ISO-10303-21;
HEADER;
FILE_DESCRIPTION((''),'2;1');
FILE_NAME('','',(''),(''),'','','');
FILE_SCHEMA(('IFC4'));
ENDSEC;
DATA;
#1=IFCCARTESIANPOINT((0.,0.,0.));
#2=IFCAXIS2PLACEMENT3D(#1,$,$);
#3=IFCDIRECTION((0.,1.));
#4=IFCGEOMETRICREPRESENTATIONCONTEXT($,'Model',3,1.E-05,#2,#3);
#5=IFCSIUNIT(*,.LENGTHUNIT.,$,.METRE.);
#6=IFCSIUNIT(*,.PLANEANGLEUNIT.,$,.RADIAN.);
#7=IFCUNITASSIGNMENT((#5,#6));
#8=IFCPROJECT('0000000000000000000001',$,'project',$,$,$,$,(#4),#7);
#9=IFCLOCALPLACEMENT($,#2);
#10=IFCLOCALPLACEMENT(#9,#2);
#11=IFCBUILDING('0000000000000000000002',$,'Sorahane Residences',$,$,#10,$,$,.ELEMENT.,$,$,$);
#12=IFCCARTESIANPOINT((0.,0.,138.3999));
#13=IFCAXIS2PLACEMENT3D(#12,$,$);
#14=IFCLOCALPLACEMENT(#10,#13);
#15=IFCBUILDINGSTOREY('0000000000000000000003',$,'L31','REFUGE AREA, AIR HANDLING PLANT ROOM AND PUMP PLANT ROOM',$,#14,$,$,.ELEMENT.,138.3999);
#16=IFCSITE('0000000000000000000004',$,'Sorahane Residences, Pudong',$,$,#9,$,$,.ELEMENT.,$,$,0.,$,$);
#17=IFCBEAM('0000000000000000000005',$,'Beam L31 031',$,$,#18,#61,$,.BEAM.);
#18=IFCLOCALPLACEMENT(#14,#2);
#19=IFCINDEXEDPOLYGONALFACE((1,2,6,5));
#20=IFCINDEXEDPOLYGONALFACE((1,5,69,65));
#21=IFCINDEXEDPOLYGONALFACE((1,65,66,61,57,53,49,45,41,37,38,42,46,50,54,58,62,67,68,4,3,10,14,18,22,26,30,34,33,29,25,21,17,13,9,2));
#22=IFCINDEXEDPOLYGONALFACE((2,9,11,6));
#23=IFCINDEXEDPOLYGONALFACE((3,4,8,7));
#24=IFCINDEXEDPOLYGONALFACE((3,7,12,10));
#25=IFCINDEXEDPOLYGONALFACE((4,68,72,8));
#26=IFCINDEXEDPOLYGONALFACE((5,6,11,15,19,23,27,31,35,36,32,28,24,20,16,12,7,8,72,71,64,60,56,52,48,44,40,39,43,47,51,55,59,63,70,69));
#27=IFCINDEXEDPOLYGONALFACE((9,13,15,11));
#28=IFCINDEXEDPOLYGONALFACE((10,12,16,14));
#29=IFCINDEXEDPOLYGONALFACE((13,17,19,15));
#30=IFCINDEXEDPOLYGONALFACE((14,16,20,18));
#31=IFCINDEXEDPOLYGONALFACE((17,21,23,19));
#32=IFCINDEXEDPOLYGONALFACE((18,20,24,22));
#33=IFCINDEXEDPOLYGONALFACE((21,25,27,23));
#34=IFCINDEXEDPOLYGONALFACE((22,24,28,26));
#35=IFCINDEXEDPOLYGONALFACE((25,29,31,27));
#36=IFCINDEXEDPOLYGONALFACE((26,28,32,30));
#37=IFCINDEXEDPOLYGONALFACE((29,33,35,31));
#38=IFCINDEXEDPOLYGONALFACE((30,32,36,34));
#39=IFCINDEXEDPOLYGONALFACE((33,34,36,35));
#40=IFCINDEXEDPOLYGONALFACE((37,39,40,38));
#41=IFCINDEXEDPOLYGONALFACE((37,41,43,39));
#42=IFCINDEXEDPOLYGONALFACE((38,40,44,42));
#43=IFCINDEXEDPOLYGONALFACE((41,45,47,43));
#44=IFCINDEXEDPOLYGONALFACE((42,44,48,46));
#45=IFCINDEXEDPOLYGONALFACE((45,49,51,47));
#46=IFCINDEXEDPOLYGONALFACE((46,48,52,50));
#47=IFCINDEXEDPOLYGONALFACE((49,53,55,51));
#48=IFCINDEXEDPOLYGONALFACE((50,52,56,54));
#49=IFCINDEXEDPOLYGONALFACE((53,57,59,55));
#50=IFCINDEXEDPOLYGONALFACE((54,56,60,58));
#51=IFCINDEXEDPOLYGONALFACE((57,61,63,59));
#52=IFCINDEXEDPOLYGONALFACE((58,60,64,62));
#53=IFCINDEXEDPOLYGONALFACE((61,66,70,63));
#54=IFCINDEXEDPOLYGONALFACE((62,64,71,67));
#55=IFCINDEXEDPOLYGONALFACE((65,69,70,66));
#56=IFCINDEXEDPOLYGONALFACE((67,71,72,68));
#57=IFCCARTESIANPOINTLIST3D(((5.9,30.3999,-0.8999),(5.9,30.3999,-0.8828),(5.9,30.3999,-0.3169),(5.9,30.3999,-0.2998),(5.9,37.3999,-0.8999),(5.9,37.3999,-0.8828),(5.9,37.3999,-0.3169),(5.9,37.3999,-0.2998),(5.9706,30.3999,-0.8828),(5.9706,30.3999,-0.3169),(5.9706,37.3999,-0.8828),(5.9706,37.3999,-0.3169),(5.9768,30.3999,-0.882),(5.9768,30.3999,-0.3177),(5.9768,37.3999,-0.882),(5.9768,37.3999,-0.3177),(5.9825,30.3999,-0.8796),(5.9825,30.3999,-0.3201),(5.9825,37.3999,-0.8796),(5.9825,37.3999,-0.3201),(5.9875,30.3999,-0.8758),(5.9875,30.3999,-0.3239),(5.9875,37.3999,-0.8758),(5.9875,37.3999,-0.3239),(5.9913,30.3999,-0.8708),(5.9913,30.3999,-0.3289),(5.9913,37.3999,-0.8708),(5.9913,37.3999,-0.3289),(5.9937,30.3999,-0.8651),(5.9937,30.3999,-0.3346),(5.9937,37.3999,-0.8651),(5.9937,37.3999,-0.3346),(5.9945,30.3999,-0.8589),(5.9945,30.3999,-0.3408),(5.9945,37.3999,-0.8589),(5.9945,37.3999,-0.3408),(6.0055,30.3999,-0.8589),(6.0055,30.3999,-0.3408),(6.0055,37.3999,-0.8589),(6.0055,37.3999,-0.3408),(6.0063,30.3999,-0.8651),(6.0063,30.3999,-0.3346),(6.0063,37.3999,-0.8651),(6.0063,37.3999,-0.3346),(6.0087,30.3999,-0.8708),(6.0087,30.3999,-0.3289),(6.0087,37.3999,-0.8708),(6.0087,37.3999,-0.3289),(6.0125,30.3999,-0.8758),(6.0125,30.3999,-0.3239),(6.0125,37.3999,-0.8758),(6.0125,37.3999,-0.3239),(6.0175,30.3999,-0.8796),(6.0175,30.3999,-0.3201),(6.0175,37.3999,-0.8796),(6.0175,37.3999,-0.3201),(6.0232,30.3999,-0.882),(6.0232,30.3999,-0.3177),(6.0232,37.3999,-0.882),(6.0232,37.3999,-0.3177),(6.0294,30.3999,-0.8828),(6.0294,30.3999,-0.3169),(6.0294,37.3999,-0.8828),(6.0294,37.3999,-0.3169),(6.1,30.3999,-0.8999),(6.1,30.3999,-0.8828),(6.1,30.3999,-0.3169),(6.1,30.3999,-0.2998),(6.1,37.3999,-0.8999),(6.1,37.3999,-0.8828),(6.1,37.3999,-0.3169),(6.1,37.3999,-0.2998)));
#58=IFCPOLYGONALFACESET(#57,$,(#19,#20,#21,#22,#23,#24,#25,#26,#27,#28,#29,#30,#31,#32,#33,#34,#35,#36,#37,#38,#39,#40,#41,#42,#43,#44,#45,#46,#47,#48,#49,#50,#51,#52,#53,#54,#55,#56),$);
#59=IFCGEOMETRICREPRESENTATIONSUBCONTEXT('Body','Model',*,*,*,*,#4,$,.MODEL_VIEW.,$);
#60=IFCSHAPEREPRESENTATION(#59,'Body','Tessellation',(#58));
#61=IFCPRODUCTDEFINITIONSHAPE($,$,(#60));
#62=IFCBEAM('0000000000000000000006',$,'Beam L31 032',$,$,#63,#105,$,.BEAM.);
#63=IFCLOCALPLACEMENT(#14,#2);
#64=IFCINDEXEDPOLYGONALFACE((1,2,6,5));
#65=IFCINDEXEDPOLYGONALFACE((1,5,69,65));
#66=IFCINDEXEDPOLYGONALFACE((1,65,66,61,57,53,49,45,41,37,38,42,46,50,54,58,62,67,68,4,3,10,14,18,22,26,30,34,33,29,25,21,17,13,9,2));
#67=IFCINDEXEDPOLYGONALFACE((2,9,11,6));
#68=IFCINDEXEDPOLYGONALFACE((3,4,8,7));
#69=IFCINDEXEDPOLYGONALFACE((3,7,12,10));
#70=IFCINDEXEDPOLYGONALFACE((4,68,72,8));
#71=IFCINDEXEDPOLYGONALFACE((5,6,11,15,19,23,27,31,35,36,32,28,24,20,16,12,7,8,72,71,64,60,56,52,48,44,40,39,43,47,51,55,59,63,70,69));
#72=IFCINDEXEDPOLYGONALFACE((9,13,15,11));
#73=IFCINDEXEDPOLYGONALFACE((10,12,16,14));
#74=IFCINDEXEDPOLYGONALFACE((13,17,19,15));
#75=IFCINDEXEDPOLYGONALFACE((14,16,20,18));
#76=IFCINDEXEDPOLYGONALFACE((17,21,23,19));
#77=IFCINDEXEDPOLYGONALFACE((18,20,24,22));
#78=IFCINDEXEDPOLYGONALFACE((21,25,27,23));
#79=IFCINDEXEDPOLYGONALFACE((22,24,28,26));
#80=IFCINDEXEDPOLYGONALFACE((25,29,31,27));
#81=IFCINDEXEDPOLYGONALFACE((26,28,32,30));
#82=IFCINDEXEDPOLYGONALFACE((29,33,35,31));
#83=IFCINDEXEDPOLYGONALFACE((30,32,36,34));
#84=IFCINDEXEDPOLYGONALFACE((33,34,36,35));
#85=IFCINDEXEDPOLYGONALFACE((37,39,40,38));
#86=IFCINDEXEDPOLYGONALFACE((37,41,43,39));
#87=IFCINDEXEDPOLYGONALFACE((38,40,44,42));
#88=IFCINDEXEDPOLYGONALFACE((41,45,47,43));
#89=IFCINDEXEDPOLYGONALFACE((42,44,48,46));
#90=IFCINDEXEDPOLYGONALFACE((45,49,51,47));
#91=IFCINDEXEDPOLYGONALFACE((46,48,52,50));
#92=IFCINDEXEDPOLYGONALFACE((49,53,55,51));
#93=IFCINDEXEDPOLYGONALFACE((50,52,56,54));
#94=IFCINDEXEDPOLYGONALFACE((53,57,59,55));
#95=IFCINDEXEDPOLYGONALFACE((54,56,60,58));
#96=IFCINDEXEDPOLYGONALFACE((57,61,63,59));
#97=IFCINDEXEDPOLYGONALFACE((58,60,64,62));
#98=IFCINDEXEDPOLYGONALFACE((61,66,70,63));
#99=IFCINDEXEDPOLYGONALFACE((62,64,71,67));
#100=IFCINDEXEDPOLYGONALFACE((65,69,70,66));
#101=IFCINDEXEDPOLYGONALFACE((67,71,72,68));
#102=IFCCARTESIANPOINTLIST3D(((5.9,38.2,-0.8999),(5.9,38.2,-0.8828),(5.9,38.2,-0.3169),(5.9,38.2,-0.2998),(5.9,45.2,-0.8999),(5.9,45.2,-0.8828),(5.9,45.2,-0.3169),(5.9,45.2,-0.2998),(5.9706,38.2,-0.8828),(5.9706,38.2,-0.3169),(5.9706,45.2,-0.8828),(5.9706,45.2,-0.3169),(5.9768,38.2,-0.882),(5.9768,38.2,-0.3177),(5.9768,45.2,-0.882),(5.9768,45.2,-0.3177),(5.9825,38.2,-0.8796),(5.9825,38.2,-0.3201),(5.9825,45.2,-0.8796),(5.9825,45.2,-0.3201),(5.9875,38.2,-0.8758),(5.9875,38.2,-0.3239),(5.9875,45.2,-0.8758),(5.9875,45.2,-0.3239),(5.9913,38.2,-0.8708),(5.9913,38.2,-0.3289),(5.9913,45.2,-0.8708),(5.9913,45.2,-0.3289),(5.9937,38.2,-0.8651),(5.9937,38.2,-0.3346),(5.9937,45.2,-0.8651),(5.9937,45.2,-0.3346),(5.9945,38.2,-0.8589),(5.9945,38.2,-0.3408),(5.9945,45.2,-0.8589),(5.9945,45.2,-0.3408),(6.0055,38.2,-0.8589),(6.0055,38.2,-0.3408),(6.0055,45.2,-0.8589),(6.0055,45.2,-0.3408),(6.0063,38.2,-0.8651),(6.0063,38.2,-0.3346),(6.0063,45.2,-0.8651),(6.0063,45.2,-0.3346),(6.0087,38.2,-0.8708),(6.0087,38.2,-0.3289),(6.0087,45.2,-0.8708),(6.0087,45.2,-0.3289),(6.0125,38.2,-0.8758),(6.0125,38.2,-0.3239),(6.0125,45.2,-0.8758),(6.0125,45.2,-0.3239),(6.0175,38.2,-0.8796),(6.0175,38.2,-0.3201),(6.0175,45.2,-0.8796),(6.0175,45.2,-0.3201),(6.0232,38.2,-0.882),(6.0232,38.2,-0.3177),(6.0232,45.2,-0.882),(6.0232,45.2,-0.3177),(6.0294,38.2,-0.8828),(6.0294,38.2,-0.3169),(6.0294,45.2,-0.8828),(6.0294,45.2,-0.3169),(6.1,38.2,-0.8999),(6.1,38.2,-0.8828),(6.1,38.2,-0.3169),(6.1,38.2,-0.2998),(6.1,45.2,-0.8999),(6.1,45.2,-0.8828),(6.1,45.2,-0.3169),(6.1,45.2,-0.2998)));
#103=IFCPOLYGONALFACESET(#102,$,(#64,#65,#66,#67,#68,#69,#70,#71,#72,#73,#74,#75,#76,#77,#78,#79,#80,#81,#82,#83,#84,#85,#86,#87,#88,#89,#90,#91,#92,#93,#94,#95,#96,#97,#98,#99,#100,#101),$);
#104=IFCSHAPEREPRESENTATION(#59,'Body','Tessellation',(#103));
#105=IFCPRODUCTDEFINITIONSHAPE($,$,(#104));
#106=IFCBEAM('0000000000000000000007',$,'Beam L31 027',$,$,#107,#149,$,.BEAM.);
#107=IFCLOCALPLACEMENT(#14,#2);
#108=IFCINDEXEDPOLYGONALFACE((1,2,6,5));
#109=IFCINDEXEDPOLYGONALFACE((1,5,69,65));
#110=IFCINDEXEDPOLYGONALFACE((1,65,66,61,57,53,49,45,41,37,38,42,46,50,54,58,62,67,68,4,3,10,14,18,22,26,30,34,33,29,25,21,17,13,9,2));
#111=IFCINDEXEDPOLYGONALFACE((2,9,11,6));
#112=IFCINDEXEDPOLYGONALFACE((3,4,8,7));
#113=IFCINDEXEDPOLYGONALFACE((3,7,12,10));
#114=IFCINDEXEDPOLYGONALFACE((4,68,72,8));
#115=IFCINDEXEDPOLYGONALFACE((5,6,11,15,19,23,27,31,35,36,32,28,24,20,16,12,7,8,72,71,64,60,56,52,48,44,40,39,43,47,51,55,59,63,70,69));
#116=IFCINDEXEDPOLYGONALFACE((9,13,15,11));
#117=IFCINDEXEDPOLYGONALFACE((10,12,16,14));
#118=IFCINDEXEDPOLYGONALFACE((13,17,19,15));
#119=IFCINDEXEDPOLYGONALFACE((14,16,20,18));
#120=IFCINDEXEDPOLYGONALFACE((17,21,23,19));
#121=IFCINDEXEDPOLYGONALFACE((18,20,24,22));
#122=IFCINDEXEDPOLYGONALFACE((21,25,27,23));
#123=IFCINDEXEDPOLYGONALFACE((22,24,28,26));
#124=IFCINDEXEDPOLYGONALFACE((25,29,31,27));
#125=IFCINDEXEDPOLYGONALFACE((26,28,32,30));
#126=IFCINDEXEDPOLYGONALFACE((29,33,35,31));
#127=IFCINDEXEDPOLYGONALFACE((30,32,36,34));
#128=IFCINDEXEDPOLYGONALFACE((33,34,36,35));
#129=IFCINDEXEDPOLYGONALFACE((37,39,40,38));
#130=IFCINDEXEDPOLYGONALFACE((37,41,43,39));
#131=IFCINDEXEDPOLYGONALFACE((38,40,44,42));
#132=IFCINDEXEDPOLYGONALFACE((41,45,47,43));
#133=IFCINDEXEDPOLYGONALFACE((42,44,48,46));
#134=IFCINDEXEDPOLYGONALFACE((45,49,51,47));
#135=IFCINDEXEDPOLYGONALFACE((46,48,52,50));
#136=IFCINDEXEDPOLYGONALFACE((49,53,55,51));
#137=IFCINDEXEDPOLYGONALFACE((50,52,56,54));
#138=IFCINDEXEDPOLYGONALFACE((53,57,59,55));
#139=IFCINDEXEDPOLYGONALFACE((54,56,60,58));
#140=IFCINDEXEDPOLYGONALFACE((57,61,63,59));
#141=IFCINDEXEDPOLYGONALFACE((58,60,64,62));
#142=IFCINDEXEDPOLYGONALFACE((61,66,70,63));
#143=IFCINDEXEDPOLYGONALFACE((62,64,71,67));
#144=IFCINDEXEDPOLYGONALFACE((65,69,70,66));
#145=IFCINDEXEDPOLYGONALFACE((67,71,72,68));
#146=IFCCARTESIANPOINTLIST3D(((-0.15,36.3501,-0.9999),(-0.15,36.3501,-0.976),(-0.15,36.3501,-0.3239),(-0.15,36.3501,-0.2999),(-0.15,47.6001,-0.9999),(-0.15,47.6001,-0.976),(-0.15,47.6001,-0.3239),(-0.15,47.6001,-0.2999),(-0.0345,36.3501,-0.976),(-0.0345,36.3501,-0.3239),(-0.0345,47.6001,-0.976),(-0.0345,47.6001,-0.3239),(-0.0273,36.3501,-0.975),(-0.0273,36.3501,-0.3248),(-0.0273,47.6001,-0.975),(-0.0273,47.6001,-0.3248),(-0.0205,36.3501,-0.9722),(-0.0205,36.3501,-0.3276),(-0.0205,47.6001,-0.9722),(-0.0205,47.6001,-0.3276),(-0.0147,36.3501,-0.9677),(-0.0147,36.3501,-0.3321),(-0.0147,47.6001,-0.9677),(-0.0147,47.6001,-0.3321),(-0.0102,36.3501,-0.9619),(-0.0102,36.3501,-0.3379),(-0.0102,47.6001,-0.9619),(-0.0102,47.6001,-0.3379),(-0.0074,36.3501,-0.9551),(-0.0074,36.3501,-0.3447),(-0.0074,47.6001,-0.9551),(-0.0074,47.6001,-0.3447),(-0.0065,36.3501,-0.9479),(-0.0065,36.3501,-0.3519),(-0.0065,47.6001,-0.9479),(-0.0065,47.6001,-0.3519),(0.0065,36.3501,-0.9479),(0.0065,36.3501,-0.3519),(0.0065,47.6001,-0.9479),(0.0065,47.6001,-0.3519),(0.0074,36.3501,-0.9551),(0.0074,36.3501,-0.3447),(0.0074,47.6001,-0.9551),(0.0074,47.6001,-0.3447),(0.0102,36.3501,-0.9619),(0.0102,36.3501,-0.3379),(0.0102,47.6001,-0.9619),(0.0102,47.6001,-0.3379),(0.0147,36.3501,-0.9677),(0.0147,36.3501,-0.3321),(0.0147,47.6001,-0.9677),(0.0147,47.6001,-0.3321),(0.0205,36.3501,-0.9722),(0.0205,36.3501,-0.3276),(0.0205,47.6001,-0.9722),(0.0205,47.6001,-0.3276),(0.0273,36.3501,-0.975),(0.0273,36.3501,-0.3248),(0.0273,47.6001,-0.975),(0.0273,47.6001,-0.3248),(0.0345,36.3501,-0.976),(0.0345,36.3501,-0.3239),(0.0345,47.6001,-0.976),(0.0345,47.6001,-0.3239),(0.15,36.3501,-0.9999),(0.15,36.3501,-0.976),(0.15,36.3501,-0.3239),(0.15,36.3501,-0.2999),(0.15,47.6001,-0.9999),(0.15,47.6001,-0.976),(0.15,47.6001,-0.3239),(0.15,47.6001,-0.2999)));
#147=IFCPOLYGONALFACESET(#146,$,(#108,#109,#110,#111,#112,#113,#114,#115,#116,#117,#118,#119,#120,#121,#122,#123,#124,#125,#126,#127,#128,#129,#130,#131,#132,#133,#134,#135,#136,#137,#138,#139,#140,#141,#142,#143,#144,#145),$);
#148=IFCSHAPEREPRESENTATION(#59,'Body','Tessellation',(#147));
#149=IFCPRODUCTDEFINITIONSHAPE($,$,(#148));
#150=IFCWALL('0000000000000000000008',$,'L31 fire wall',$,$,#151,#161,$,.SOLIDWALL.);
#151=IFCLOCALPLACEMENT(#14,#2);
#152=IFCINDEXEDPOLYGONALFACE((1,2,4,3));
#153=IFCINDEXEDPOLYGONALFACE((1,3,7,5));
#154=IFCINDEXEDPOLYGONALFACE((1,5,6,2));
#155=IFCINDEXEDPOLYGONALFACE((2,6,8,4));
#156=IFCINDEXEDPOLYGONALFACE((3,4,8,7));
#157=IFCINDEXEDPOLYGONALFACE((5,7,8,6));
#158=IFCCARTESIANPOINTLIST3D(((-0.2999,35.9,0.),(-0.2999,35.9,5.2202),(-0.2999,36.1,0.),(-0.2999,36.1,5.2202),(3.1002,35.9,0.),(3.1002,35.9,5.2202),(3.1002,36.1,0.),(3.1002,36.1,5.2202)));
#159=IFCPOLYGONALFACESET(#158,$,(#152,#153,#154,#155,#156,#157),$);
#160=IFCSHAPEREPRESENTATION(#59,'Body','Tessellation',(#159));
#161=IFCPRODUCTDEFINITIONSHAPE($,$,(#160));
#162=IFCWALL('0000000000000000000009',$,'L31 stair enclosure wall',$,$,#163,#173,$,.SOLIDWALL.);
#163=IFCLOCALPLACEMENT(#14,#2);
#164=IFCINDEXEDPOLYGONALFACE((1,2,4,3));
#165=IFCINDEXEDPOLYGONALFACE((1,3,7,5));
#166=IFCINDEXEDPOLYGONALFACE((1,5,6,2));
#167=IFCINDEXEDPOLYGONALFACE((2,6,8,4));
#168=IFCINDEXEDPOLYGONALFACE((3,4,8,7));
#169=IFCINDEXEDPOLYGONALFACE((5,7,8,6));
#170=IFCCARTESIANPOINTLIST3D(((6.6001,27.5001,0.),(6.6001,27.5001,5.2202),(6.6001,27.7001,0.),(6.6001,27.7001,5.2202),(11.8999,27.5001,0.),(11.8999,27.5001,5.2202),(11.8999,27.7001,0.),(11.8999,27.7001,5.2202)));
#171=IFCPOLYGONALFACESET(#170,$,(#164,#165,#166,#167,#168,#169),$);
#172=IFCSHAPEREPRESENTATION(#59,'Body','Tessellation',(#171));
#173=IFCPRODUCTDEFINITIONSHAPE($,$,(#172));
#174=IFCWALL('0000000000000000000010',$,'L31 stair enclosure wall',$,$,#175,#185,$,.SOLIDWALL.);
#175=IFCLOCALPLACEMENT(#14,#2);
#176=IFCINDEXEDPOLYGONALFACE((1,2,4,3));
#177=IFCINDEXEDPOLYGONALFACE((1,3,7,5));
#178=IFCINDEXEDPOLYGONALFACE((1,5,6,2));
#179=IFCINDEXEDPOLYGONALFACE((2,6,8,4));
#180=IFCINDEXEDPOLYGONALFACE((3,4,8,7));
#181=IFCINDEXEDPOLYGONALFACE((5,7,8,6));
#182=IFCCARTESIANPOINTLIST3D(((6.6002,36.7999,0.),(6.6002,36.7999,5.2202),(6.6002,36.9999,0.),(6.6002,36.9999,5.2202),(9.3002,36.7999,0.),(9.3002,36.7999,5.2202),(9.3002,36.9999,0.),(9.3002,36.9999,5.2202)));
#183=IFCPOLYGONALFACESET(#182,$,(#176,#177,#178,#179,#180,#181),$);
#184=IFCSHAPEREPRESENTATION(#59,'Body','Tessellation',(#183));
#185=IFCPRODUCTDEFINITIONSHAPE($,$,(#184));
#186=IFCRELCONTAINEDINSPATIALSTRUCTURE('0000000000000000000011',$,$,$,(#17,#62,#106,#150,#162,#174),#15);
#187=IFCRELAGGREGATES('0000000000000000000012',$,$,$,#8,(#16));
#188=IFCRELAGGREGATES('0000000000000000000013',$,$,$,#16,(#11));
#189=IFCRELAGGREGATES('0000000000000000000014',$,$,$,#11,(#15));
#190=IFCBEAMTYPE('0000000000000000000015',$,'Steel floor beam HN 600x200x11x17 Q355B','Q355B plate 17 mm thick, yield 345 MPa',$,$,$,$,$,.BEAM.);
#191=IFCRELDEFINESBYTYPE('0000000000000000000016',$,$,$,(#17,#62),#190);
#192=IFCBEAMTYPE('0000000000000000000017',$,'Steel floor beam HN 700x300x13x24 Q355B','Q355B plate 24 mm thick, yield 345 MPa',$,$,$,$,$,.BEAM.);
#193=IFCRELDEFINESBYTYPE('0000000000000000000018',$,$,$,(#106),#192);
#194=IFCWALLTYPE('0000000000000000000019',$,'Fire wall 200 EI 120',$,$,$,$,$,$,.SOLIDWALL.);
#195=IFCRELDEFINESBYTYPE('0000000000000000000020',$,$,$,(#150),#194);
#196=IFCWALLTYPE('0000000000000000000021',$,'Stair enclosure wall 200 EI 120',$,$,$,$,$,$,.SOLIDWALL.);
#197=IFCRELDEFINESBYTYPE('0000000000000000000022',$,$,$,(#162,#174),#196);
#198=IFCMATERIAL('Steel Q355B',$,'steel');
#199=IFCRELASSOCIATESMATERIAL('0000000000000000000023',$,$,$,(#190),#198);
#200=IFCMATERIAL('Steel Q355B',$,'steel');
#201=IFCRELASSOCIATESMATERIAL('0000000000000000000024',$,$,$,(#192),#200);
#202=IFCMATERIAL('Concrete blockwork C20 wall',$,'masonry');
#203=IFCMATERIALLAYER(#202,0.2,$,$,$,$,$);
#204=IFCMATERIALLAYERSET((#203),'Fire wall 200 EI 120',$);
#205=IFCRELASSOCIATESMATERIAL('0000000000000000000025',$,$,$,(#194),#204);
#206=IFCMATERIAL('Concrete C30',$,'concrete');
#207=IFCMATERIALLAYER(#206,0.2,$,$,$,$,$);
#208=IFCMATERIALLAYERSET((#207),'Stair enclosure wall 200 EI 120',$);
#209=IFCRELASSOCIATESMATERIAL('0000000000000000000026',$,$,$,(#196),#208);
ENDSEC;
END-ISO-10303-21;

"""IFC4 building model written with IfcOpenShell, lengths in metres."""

from ifc_helpers import new_model, si_unit, direction, frame, frame_2d, origin, origin_2d, place, context, subcontext, project, spatial, rectangle, i_section, extrude, material, layer, layer_set, material_profile, profile_set, type_object, element, save


model = new_model("IFC4")

# Units and contexts
model_context = context("Model", 3, precision=1e-05, world=origin(), true_north=direction((0.0, 1.0)))
body_context = subcontext(model_context, "Body", "Model", "MODEL_VIEW")
ifc_project = project(units=[si_unit("LENGTHUNIT", "METRE"), si_unit("PLANEANGLEUNIT", "RADIAN")], contexts=[model_context])

# Site, building, storey
site_placement = place(None, origin())
site = spatial("IfcSite", under=ifc_project, at=site_placement, Name="Sorahane Residences, Pudong", CompositionType="ELEMENT", RefElevation=0.0)
building_placement = place(site_placement, origin())
building = spatial("IfcBuilding", under=site, at=building_placement, Name="Sorahane Residences", CompositionType="ELEMENT")
storey_placement = place(building_placement, frame((0.0, 0.0, 138.3999)))
storey = spatial("IfcBuildingStorey", under=building, at=storey_placement, Name="L31", Description="REFUGE AREA, AIR HANDLING PLANT ROOM AND PUMP PLANT ROOM", CompositionType="ELEMENT", Elevation=138.3999)

# Beams
ifc_material_1 = material(Name="Steel Q355B", Category="steel")
ifc_material_profile_1 = material_profile(ifc_material_1, i_section(OverallWidth=0.2, OverallDepth=0.6001, WebThickness=0.011, FlangeThickness=0.0171, FilletRadius=0.0239, at=origin_2d()), Name="HN 600x200x11x17")
ifc_profile_set_1 = profile_set([ifc_material_profile_1], Name="Steel Q355B")
beam_type_1 = type_object("IfcBeamType", Name="Steel floor beam HN 600x200x11x17 Q355B", Description="Q355B plate 17 mm thick, yield 345 MPa", PredefinedType="BEAM", material=ifc_profile_set_1)
for number, where, z_axis, x_axis, name in (
    (1, (6.0, 30.3999, -0.5999), (0.0, 1.0, 0.0), (-1.0, 0.0, 0.0), "Beam L31 031"),
    (2, (6.0, 38.2, -0.5999), (0.0, 1.0, 0.0), (-1.0, 0.0, 0.0), "Beam L31 032"),
):
    element("IfcBeam", number, at=place(storey_placement, frame(where, z_axis=z_axis, x_axis=x_axis)), inside=storey, type_object=beam_type_1, Name=name, PredefinedType="BEAM", context=body_context, shape_type="SweptSolid", body=[
        extrude(i_section(OverallWidth=0.2, OverallDepth=0.6001, WebThickness=0.011, FlangeThickness=0.0171, FilletRadius=0.0239, at=origin_2d()), origin(), (0.0, 0.0, 1.0), 7.0),
    ])
ifc_material_2 = material(Name="Steel Q355B", Category="steel")
ifc_material_profile_2 = material_profile(ifc_material_2, i_section(OverallWidth=0.3, OverallDepth=0.7, WebThickness=0.0129, FlangeThickness=0.0239, FilletRadius=0.0281, at=origin_2d()), Name="HN 700x300x13x24")
ifc_profile_set_2 = profile_set([ifc_material_profile_2], Name="Steel Q355B")
beam_type_2 = type_object("IfcBeamType", Name="Steel floor beam HN 700x300x13x24 Q355B", Description="Q355B plate 24 mm thick, yield 345 MPa", PredefinedType="BEAM", material=ifc_profile_set_2)
beam_1_placement = place(storey_placement, frame((0.0, 36.3501, -0.6499), z_axis=(0.0, 1.0, 0.0), x_axis=(-1.0, 0.0, 0.0)))
element("IfcBeam", 3, at=beam_1_placement, inside=storey, type_object=beam_type_2, Name="Beam L31 027", PredefinedType="BEAM", context=body_context, shape_type="SweptSolid", body=[
    extrude(i_section(OverallWidth=0.3, OverallDepth=0.7, WebThickness=0.0129, FlangeThickness=0.0239, FilletRadius=0.0281, at=origin_2d()), origin(), (0.0, 0.0, 1.0), 11.25),
])

# Shared definitions
ifc_material_3 = material(Name="Concrete blockwork C20 wall", Category="masonry")
ifc_layer_1 = layer(ifc_material_3, 0.2)
ifc_layer_set_1 = layer_set([ifc_layer_1], Name="Fire wall 200 EI 120")
wall_type_1 = type_object("IfcWallType", Name="Fire wall 200 EI 120", PredefinedType="SOLIDWALL", material=ifc_layer_set_1)

# Walls
wall_1_placement = place(storey_placement, frame((-0.3, 36.0, 0.0), z_axis=(0.0, 0.0, 1.0), x_axis=(1.0, 0.0, 0.0)))
element("IfcWall", 4, at=wall_1_placement, inside=storey, type_object=wall_type_1, Name="L31 fire wall", PredefinedType="SOLIDWALL", context=body_context, shape_type="SweptSolid", body=[
    extrude(rectangle(XDim=3.4001, YDim=0.2, at=frame_2d((1.7002, 0.0))), origin(), (0.0, 0.0, 1.0), 5.2202),
])
ifc_material_4 = material(Name="Concrete C30", Category="concrete")
ifc_layer_2 = layer(ifc_material_4, 0.2)
ifc_layer_set_2 = layer_set([ifc_layer_2], Name="Stair enclosure wall 200 EI 120")
wall_type_2 = type_object("IfcWallType", Name="Stair enclosure wall 200 EI 120", PredefinedType="SOLIDWALL", material=ifc_layer_set_2)
wall_2_placement = place(storey_placement, frame((6.6001, 27.6001, 0.0), z_axis=(0.0, 0.0, 1.0), x_axis=(1.0, 0.0, 0.0)))
element("IfcWall", 5, at=wall_2_placement, inside=storey, type_object=wall_type_2, Name="L31 stair enclosure wall", PredefinedType="SOLIDWALL", context=body_context, shape_type="SweptSolid", body=[
    extrude(rectangle(XDim=5.2998, YDim=0.2, at=frame_2d((2.6499, 0.0))), origin(), (0.0, 0.0, 1.0), 5.2202),
])
wall_3_placement = place(storey_placement, frame((6.6001, 36.8999, 0.0), z_axis=(0.0, 0.0, 1.0), x_axis=(1.0, 0.0, 0.0)))
element("IfcWall", 6, at=wall_3_placement, inside=storey, type_object=wall_type_2, Name="L31 stair enclosure wall", PredefinedType="SOLIDWALL", context=body_context, shape_type="SweptSolid", body=[
    extrude(rectangle(XDim=2.7, YDim=0.2, at=frame_2d((1.3501, 0.0))), origin(), (0.0, 0.0, 1.0), 5.2202),
])

save(model, "model.ifc")
